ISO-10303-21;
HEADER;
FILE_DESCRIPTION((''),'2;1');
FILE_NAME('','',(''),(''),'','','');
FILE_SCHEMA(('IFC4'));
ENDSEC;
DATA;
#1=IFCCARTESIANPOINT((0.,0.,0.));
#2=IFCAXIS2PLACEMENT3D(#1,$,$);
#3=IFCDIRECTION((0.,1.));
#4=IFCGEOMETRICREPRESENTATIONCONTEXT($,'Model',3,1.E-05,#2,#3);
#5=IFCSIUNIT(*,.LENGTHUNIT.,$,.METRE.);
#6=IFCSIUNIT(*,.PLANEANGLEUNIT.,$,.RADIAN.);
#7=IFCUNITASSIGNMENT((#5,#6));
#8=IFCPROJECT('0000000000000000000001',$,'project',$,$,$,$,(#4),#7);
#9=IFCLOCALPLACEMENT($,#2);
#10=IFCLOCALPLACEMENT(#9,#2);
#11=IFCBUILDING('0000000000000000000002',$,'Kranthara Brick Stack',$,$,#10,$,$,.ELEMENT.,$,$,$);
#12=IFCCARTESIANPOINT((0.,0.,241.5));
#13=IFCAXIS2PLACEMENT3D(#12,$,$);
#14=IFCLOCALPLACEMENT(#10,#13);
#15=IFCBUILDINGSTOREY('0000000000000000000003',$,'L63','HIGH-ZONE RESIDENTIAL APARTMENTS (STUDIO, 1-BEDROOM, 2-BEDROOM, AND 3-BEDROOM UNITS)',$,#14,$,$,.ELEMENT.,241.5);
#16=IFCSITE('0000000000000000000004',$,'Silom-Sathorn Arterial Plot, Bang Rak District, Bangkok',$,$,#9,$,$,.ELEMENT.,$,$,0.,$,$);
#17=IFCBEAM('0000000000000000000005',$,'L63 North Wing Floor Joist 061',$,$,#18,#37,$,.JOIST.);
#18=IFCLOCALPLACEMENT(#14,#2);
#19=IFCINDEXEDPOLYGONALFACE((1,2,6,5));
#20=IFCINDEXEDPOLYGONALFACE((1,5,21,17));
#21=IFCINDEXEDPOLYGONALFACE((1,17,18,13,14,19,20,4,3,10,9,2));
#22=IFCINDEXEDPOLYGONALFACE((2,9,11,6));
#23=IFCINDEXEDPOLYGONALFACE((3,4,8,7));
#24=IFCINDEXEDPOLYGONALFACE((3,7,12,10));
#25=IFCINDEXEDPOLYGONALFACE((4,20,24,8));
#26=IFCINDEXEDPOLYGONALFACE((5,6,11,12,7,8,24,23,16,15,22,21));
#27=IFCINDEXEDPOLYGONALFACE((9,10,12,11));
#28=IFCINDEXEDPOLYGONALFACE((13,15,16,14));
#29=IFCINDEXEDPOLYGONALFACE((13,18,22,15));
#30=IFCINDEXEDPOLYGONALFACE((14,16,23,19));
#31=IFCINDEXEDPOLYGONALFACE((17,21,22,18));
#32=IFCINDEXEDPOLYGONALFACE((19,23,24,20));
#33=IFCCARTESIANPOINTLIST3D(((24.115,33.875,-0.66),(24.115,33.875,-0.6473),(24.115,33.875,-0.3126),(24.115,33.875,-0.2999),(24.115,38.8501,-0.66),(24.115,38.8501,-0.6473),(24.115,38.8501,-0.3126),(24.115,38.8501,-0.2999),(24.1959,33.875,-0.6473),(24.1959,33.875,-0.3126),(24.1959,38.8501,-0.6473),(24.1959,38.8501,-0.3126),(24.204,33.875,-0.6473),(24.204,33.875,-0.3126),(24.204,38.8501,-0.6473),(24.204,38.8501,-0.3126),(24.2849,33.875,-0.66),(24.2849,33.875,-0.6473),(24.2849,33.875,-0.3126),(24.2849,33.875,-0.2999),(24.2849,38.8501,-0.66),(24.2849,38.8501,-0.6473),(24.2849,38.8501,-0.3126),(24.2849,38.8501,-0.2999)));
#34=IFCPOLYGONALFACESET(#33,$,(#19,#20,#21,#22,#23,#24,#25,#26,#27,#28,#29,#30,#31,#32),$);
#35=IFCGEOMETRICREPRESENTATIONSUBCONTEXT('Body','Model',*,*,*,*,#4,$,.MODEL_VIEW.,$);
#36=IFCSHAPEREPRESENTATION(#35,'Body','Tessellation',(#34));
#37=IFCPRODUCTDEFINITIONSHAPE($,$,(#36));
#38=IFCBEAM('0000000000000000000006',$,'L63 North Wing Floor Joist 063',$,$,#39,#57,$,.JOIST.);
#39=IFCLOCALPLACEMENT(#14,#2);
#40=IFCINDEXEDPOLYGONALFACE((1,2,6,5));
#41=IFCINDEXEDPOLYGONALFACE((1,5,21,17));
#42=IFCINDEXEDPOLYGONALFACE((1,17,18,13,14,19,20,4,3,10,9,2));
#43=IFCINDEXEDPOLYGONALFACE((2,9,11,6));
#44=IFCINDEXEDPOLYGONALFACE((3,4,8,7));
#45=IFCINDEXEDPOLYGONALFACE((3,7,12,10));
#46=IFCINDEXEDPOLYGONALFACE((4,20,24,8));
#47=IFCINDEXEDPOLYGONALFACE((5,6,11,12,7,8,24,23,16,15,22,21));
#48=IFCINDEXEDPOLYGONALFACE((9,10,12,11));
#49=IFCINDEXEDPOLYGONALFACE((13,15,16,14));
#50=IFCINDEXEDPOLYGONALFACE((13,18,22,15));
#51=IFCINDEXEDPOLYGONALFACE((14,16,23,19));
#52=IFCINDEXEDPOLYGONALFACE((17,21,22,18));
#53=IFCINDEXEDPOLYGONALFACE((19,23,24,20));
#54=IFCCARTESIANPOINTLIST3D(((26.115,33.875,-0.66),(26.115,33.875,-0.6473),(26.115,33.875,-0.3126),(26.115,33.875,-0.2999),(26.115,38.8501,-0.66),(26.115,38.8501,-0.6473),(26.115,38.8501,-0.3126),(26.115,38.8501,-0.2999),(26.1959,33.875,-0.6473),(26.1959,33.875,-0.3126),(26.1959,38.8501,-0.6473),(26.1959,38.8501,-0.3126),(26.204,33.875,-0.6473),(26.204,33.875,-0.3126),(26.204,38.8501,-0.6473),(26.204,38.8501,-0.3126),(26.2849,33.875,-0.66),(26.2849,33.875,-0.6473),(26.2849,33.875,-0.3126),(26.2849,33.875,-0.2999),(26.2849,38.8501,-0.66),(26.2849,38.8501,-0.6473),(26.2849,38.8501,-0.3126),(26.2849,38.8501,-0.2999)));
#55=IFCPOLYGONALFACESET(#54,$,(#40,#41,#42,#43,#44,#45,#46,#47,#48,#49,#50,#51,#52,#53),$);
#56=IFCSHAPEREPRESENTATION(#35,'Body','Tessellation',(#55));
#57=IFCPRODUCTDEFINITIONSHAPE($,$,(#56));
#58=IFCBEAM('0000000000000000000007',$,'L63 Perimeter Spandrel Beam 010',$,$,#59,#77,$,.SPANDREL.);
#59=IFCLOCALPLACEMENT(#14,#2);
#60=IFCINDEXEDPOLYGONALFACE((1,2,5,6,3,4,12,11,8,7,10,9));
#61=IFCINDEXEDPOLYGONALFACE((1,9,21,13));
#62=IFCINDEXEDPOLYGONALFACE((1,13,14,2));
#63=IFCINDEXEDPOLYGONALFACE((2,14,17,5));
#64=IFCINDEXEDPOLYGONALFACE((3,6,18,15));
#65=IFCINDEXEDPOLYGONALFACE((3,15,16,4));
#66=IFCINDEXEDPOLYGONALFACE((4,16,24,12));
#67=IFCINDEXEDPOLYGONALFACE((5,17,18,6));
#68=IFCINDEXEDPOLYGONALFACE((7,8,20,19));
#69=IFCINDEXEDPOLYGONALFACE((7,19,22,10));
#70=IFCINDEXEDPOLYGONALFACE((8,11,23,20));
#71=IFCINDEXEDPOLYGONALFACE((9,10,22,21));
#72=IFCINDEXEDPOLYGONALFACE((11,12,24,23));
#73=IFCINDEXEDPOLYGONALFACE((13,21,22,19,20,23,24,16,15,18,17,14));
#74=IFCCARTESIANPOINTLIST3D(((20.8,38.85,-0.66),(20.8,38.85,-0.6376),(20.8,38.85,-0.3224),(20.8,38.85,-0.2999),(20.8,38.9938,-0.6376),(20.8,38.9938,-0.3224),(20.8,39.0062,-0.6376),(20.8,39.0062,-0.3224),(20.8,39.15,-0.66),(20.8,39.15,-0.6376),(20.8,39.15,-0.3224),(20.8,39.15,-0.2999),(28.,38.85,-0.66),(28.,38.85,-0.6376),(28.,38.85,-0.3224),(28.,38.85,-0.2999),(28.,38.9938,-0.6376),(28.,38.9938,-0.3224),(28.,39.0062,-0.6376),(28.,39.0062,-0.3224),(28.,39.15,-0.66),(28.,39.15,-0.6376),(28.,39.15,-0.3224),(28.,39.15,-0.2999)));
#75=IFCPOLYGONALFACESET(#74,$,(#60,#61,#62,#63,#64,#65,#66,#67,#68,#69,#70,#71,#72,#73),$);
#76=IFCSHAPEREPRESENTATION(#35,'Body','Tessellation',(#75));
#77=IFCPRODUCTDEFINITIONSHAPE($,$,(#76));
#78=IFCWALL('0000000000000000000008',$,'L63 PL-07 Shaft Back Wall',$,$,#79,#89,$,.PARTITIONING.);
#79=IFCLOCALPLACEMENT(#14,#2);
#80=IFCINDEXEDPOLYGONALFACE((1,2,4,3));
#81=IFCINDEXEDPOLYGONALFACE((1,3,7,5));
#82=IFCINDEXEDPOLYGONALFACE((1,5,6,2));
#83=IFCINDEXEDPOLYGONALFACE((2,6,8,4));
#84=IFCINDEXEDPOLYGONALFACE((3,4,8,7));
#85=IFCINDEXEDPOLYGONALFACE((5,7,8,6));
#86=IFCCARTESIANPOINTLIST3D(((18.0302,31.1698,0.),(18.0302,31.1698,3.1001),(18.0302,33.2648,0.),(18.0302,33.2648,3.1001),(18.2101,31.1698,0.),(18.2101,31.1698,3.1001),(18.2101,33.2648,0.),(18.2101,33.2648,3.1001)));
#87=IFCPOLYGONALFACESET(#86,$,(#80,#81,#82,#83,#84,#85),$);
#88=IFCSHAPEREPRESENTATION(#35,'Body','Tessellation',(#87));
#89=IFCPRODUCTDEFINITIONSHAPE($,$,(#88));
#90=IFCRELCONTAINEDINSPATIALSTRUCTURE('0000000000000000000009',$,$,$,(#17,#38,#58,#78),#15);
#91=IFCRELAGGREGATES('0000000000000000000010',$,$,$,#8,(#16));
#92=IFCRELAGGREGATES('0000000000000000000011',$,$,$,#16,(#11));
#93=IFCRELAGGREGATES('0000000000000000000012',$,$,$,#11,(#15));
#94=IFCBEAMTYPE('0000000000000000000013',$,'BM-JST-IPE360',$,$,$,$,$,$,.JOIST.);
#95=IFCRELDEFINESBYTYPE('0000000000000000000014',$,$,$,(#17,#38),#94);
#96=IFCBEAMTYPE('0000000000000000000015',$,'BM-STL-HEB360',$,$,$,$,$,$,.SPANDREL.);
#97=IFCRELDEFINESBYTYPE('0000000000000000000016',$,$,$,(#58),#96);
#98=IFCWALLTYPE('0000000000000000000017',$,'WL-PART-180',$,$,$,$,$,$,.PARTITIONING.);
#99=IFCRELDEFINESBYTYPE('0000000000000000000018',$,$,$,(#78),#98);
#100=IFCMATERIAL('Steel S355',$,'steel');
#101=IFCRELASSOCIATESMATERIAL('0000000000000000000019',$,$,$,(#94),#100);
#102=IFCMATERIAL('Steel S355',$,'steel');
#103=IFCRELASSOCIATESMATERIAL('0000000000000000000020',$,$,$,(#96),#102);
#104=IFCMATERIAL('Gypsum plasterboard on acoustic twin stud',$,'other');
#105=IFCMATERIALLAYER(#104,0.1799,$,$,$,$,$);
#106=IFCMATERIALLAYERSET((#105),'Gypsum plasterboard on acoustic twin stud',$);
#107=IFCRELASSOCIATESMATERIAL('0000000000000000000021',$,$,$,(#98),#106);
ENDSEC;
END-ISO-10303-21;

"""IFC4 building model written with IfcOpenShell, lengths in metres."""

from ifc_helpers import new_model, si_unit, direction, frame, frame_2d, origin, origin_2d, place, context, subcontext, project, spatial, rectangle, i_section, extrude, material, layer, layer_set, material_profile, profile_set, type_object, element, save


model = new_model("IFC4")

# Units and contexts
model_context = context("Model", 3, precision=1e-05, world=origin(), true_north=direction((0.0, 1.0)))
body_context = subcontext(model_context, "Body", "Model", "MODEL_VIEW")
ifc_project = project(units=[si_unit("LENGTHUNIT", "METRE"), si_unit("PLANEANGLEUNIT", "RADIAN")], contexts=[model_context])

# Site, building, storey
site_placement = place(None, origin())
site = spatial("IfcSite", under=ifc_project, at=site_placement, Name="Silom-Sathorn Arterial Plot, Bang Rak District, Bangkok", CompositionType="ELEMENT", RefElevation=0.0)
building_placement = place(site_placement, origin())
building = spatial("IfcBuilding", under=site, at=building_placement, Name="Kranthara Brick Stack", CompositionType="ELEMENT")
storey_placement = place(building_placement, frame((0.0, 0.0, 241.5)))
storey = spatial("IfcBuildingStorey", under=building, at=storey_placement, Name="L63", Description="HIGH-ZONE RESIDENTIAL APARTMENTS (STUDIO, 1-BEDROOM, 2-BEDROOM, AND 3-BEDROOM UNITS)", CompositionType="ELEMENT", Elevation=241.5)

# Beams
ifc_material_1 = material(Name="Steel S355", Category="steel")
ifc_material_profile_1 = material_profile(ifc_material_1, i_section(OverallWidth=0.1699, OverallDepth=0.3601, WebThickness=0.0081, FlangeThickness=0.0127, at=origin_2d()), Name="IPE 360")
ifc_profile_set_1 = profile_set([ifc_material_profile_1], Name="Steel S355")
beam_type_1 = type_object("IfcBeamType", Name="BM-JST-IPE360", PredefinedType="JOIST", material=ifc_profile_set_1)
for number, where, z_axis, x_axis, name in (
    (1, (24.2, 33.875, -0.48), (0.0, 1.0, 0.0), (-1.0, 0.0, 0.0), "L63 North Wing Floor Joist 061"),
    (2, (26.2, 33.875, -0.48), (0.0, 1.0, 0.0), (-1.0, 0.0, 0.0), "L63 North Wing Floor Joist 063"),
):
    element("IfcBeam", number, at=place(storey_placement, frame(where, z_axis=z_axis, x_axis=x_axis)), inside=storey, type_object=beam_type_1, Name=name, PredefinedType="JOIST", context=body_context, shape_type="SweptSolid", body=[
        extrude(i_section(OverallWidth=0.1699, OverallDepth=0.3601, WebThickness=0.0081, FlangeThickness=0.0127, at=origin_2d()), origin(), (0.0, 0.0, 1.0), 4.9751),
    ])
ifc_material_2 = material(Name="Steel S355", Category="steel")
ifc_material_profile_2 = material_profile(ifc_material_2, i_section(OverallWidth=0.3, OverallDepth=0.3601, WebThickness=0.0125, FlangeThickness=0.0225, at=origin_2d()), Name="HEB 360")
ifc_profile_set_2 = profile_set([ifc_material_profile_2], Name="Steel S355")
beam_type_2 = type_object("IfcBeamType", Name="BM-STL-HEB360", PredefinedType="SPANDREL", material=ifc_profile_set_2)
beam_1_placement = place(storey_placement, frame((20.8, 39.0, -0.48), z_axis=(1.0, 0.0, 0.0), x_axis=(0.0, 1.0, 0.0)))
element("IfcBeam", 3, at=beam_1_placement, inside=storey, type_object=beam_type_2, Name="L63 Perimeter Spandrel Beam 010", PredefinedType="SPANDREL", context=body_context, shape_type="SweptSolid", body=[
    extrude(i_section(OverallWidth=0.3, OverallDepth=0.3601, WebThickness=0.0125, FlangeThickness=0.0225, at=origin_2d()), origin(), (0.0, 0.0, 1.0), 7.2),
])

# Wall
ifc_material_3 = material(Name="Gypsum plasterboard on acoustic twin stud", Category="other")
ifc_layer = layer(ifc_material_3, 0.1799)
ifc_layer_set = layer_set([ifc_layer], Name="Gypsum plasterboard on acoustic twin stud")
wall_type = type_object("IfcWallType", Name="WL-PART-180", PredefinedType="PARTITIONING", material=ifc_layer_set)
wall_placement = place(storey_placement, frame((18.1201, 31.1699, 0.0), z_axis=(0.0, 0.0, 1.0), x_axis=(0.0, 1.0, 0.0)))
element("IfcWall", 4, at=wall_placement, inside=storey, type_object=wall_type, Name="L63 PL-07 Shaft Back Wall", PredefinedType="PARTITIONING", context=body_context, shape_type="SweptSolid", body=[
    extrude(rectangle(XDim=2.095, YDim=0.1799, at=frame_2d((1.0474, 0.0))), origin(), (0.0, 0.0, 1.0), 3.1001),
])

save(model, "model.ifc")
